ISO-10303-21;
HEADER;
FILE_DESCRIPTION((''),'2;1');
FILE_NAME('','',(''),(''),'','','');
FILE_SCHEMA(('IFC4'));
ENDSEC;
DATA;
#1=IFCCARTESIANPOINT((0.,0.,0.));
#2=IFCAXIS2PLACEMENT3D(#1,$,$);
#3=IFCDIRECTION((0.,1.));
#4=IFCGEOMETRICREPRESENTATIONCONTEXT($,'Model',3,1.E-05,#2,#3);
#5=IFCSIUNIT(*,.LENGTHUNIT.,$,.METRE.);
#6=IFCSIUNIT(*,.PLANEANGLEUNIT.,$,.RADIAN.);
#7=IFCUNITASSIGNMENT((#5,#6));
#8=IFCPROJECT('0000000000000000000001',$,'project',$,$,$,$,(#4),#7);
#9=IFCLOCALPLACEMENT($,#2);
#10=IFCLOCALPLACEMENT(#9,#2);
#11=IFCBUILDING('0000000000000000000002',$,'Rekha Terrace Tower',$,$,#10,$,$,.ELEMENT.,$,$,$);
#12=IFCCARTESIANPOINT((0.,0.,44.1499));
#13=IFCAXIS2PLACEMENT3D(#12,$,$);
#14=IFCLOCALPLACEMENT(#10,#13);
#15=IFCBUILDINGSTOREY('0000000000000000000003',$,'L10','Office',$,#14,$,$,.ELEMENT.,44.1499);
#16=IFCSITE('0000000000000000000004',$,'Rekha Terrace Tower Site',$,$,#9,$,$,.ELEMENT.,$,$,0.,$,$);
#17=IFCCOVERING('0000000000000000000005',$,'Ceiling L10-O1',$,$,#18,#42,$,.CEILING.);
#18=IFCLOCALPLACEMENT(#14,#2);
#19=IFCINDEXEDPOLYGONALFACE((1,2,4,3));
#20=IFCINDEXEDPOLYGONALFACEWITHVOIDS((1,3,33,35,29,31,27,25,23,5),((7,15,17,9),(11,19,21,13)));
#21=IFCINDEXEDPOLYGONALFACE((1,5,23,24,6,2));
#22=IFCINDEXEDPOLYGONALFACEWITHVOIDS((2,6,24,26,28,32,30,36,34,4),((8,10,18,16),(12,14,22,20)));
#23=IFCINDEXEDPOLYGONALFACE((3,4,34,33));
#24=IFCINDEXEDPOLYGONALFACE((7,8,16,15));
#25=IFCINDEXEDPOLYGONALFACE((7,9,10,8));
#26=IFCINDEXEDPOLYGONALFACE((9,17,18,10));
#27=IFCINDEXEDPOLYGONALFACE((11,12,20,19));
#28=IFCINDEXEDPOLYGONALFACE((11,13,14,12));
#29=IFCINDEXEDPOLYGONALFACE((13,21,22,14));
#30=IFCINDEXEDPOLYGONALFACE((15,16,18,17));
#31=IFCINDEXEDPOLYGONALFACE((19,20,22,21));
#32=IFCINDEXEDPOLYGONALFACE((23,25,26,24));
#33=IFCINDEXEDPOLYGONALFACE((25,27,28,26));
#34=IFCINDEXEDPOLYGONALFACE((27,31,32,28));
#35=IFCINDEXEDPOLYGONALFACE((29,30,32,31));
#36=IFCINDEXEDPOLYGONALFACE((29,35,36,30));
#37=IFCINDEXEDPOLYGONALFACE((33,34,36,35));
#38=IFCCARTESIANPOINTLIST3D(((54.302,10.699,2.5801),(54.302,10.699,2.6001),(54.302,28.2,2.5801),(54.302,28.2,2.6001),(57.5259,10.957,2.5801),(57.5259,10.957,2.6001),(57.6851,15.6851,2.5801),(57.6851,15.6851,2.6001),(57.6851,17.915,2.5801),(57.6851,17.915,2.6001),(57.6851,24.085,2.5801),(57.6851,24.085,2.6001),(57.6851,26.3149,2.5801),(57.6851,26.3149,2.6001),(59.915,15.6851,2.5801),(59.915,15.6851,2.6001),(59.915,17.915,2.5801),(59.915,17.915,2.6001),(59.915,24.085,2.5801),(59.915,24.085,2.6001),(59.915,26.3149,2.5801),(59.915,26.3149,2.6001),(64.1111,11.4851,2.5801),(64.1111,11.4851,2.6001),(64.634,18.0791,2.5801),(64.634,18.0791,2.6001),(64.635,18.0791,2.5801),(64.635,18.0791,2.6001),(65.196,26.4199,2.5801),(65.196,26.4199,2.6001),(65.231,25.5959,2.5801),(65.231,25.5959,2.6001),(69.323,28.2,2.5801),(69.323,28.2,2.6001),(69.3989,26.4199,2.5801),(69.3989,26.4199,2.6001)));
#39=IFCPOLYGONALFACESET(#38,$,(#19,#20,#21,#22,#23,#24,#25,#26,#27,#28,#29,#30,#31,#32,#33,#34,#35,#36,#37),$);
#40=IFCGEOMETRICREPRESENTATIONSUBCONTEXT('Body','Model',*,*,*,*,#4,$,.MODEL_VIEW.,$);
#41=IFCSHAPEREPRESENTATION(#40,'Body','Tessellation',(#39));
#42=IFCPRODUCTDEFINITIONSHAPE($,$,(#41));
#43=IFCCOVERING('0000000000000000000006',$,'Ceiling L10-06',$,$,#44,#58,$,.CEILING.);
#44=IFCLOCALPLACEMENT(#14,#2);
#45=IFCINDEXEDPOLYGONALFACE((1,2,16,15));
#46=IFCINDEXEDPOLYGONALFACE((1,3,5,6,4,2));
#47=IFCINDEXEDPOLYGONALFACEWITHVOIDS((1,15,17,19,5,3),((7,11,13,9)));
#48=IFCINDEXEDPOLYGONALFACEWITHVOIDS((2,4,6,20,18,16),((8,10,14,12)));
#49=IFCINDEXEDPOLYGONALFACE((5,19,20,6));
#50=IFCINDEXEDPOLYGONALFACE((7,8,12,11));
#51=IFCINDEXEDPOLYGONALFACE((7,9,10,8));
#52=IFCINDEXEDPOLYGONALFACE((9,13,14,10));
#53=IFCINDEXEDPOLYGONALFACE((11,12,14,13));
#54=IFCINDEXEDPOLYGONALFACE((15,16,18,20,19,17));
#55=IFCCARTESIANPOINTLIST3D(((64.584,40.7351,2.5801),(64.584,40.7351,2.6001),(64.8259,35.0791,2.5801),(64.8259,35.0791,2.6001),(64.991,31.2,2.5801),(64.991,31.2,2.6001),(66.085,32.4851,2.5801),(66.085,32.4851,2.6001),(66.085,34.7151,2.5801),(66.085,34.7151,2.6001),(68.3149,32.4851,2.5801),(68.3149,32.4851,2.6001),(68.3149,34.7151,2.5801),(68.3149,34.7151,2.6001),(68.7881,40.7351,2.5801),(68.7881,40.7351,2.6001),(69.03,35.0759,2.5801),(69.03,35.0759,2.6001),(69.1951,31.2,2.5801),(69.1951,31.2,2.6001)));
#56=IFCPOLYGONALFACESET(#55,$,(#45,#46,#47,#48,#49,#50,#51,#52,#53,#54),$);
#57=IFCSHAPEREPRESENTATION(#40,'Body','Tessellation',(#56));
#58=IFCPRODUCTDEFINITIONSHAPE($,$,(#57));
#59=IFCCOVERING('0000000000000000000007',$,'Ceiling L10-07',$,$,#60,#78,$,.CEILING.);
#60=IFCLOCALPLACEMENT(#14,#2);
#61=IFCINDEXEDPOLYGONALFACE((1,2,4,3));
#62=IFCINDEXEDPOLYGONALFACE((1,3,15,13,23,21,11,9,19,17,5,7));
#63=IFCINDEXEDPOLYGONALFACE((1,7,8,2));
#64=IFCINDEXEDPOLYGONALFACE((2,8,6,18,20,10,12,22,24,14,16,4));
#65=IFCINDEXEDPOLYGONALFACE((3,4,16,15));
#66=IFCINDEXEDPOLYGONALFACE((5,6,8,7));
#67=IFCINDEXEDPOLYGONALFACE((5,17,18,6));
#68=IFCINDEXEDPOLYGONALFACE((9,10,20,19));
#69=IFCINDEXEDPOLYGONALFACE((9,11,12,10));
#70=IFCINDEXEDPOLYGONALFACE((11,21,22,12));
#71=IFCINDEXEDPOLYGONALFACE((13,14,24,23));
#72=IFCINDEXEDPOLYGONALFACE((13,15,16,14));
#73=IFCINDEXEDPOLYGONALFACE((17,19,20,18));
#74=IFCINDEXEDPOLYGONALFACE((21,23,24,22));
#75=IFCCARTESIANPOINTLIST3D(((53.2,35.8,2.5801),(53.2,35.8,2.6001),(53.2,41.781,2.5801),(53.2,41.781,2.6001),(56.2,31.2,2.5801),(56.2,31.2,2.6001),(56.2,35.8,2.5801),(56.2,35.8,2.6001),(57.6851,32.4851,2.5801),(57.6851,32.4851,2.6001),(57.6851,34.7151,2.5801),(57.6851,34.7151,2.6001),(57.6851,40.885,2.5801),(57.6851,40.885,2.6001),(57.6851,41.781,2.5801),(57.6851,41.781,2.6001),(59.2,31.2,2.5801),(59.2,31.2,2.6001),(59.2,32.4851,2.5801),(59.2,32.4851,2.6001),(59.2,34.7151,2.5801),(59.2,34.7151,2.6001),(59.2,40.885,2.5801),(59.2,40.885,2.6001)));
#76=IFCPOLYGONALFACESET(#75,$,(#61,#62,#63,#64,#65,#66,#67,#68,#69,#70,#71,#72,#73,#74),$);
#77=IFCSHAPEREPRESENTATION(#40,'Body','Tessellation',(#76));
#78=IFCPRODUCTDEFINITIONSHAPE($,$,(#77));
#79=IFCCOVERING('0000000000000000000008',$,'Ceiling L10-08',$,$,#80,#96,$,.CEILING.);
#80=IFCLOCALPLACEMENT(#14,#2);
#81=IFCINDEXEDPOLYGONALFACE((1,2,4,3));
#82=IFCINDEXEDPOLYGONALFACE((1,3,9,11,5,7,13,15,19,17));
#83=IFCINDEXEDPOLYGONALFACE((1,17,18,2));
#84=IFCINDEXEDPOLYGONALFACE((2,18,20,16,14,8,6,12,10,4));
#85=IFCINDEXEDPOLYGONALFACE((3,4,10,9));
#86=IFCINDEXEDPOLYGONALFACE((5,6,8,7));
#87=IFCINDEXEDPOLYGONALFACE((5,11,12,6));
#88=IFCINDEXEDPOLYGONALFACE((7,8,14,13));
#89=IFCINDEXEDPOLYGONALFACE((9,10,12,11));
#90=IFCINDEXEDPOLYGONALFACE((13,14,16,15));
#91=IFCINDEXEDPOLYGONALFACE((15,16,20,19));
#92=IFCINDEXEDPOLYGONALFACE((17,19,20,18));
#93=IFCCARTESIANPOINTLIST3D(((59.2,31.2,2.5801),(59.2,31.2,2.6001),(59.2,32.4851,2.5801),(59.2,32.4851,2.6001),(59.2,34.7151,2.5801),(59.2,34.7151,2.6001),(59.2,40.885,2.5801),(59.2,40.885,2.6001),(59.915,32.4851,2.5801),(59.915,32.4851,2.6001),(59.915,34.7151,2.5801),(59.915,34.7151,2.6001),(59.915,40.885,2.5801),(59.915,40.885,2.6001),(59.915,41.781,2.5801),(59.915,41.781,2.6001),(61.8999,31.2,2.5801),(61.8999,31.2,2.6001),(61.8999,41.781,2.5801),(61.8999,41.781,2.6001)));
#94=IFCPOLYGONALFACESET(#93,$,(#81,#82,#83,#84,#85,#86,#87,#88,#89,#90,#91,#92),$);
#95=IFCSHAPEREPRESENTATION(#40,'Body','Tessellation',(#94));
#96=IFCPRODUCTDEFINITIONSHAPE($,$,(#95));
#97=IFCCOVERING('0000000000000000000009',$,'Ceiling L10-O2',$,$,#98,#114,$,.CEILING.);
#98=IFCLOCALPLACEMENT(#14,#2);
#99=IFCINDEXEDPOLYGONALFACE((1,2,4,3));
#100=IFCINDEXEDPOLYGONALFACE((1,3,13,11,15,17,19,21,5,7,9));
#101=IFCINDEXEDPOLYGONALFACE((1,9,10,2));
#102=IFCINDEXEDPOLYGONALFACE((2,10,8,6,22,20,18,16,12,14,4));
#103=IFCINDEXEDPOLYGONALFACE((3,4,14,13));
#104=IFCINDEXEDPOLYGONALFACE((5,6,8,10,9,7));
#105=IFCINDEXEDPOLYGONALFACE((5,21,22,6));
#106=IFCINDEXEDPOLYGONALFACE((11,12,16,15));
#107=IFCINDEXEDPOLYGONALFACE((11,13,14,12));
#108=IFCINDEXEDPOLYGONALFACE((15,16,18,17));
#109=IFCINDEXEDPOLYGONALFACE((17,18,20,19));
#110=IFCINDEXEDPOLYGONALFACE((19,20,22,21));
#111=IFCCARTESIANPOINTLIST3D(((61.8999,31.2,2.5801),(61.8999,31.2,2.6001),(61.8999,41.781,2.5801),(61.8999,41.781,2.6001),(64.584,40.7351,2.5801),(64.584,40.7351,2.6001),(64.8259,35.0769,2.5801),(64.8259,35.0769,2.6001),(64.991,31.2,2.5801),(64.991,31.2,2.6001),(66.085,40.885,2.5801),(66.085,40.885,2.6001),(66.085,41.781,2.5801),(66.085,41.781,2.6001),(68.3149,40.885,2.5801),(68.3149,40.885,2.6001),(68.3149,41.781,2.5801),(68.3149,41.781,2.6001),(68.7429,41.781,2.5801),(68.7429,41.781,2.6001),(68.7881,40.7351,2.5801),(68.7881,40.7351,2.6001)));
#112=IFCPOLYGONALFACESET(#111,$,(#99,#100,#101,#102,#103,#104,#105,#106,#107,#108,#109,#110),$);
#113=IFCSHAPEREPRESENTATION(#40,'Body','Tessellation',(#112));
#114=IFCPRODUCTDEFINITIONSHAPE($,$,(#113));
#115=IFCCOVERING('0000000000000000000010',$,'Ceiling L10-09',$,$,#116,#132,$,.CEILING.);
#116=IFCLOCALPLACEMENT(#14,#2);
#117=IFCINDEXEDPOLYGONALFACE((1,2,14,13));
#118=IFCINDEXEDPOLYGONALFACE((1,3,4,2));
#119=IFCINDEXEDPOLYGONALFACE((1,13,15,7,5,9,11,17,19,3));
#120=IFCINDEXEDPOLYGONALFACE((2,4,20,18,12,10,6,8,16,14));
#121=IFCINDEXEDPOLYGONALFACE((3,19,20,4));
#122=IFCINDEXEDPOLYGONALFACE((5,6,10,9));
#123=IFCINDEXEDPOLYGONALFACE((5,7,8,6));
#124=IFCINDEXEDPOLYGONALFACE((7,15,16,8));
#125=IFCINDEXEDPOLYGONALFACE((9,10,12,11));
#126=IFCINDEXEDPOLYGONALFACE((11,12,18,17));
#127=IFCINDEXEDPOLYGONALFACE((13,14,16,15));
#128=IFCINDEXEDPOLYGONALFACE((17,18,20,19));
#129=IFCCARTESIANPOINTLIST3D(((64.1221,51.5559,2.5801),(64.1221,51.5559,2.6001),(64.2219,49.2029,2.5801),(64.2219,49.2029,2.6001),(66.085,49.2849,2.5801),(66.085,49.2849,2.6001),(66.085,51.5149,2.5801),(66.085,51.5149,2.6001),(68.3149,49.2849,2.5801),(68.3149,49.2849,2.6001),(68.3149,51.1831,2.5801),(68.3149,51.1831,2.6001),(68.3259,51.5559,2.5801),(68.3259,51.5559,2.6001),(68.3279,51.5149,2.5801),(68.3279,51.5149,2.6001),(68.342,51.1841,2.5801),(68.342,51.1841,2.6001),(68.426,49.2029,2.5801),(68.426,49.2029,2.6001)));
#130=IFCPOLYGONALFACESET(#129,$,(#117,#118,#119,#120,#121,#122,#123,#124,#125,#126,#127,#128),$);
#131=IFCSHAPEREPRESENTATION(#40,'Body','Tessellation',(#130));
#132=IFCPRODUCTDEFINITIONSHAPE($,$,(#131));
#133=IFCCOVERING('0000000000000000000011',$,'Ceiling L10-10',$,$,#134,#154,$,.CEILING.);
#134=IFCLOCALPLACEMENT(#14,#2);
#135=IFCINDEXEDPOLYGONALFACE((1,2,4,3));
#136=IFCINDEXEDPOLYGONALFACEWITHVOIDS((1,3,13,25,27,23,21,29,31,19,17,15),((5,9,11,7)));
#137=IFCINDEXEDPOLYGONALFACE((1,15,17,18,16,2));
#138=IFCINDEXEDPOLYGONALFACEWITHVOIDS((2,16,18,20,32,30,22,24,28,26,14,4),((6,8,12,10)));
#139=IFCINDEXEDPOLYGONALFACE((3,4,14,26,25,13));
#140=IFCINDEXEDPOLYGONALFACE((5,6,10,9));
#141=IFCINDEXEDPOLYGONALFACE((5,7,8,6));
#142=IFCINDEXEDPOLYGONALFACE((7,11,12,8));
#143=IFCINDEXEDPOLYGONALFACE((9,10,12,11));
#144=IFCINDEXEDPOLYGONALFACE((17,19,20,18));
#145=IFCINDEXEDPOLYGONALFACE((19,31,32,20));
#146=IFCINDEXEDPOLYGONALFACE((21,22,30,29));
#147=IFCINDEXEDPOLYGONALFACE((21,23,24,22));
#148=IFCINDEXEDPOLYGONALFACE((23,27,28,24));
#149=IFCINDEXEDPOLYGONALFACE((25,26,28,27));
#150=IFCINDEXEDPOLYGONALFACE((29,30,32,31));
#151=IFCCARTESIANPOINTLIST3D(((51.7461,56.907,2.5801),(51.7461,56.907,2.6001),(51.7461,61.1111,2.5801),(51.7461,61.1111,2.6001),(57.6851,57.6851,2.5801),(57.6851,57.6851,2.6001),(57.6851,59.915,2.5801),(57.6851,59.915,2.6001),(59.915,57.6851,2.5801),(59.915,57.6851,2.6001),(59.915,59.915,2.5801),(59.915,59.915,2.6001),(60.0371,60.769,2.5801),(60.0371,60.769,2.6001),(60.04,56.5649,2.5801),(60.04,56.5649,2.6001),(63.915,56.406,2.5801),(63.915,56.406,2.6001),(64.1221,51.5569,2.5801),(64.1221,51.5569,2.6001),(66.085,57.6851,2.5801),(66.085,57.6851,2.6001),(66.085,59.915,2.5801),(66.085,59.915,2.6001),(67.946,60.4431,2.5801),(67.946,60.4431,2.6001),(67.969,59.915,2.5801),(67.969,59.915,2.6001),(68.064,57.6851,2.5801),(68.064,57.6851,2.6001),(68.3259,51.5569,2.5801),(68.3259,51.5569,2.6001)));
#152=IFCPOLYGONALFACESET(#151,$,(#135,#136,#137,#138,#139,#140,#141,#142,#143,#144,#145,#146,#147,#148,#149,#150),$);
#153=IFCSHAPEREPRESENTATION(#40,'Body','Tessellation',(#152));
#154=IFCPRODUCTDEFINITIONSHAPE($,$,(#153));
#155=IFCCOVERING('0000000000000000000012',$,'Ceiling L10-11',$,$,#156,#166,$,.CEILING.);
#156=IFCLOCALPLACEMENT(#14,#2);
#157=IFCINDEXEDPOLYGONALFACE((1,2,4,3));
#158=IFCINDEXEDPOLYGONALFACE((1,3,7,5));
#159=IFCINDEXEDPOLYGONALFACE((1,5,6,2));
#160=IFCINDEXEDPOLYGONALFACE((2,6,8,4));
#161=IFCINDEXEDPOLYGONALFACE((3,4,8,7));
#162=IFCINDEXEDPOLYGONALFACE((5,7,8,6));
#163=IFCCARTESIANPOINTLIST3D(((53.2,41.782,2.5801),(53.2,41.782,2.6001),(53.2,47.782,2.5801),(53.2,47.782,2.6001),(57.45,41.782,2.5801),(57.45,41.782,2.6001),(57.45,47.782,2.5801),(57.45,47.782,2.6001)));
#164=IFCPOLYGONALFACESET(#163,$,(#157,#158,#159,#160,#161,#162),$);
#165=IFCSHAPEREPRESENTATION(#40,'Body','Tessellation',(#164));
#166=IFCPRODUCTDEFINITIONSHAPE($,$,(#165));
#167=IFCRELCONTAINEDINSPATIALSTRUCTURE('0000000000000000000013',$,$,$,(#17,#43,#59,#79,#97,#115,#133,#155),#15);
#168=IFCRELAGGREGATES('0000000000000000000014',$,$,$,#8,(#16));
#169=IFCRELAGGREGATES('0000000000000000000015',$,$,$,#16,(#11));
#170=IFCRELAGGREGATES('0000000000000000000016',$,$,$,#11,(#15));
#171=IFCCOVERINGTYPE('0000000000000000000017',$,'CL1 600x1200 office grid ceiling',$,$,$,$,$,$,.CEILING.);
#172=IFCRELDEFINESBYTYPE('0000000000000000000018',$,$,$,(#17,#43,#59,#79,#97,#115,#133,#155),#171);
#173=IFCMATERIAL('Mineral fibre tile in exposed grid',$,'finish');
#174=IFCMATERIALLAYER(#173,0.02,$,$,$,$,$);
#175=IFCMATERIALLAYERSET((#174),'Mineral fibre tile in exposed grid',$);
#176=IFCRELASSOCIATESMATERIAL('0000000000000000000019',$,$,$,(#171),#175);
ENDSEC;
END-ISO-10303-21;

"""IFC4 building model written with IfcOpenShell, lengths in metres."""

from ifc_helpers import new_model, si_unit, direction, frame, origin, place, context, subcontext, project, spatial, polyline, outline, extrude, material, layer, layer_set, type_object, element, save


model = new_model("IFC4")

# Units and contexts
model_context = context("Model", 3, precision=1e-05, world=origin(), true_north=direction((0.0, 1.0)))
body_context = subcontext(model_context, "Body", "Model", "MODEL_VIEW")
ifc_project = project(units=[si_unit("LENGTHUNIT", "METRE"), si_unit("PLANEANGLEUNIT", "RADIAN")], contexts=[model_context])

# Site, building, storey
site_placement = place(None, origin())
site = spatial("IfcSite", under=ifc_project, at=site_placement, Name="Rekha Terrace Tower Site", CompositionType="ELEMENT", RefElevation=0.0)
building_placement = place(site_placement, origin())
building = spatial("IfcBuilding", under=site, at=building_placement, Name="Rekha Terrace Tower", CompositionType="ELEMENT")
storey_placement = place(building_placement, frame((0.0, 0.0, 44.1499)))
storey = spatial("IfcBuildingStorey", under=building, at=storey_placement, Name="L10", Description="Office", CompositionType="ELEMENT", Elevation=44.1499)

# Coverings
ifc_material_1 = material(Name="Mineral fibre tile in exposed grid", Category="finish")
ifc_layer_1 = layer(ifc_material_1, 0.02)
ifc_layer_set_1 = layer_set([ifc_layer_1], Name="Mineral fibre tile in exposed grid")
covering_type_1 = type_object("IfcCoveringType", Name="CL1 600x1200 office grid ceiling", PredefinedType="CEILING", material=ifc_layer_set_1)
covering_1_placement = place(storey_placement, frame((0.0, 0.0, 2.5801)))
element("IfcCovering", 1, at=covering_1_placement, inside=storey, type_object=covering_type_1, Name="Ceiling L10-O1", PredefinedType="CEILING", context=body_context, shape_type="SweptSolid", body=[
    extrude(outline(polyline([(54.302, 10.699), (57.5259, 10.957), (64.1111, 11.4851), (64.634, 18.0791), (64.635, 18.0791), (65.231, 25.5959), (65.196, 26.4199), (69.3989, 26.4199), (69.323, 28.2), (54.302, 28.2), (54.302, 10.699)]), holes=[polyline([(59.915, 17.915), (59.915, 15.6851), (57.6851, 15.6851), (57.6851, 17.915), (59.915, 17.915)]), polyline([(59.915, 24.085), (57.6851, 24.085), (57.6851, 26.3149), (59.915, 26.3149), (59.915, 24.085)])]), origin(), (0.0, 0.0, 1.0), 0.02),
])
covering_2_placement = place(storey_placement, frame((0.0, 0.0, 2.5801)))
element("IfcCovering", 2, at=covering_2_placement, inside=storey, type_object=covering_type_1, Name="Ceiling L10-06", PredefinedType="CEILING", context=body_context, shape_type="SweptSolid", body=[
    extrude(outline(polyline([(69.1951, 31.2), (69.03, 35.0759), (68.7881, 40.7351), (64.584, 40.7351), (64.8259, 35.0791), (64.991, 31.2), (69.1951, 31.2)]), holes=[polyline([(68.3149, 32.4851), (66.085, 32.4851), (66.085, 34.7151), (68.3149, 34.7151), (68.3149, 32.4851)])]), origin(), (0.0, 0.0, 1.0), 0.02),
])
covering_3_placement = place(storey_placement, frame((0.0, 0.0, 2.5801)))
element("IfcCovering", 3, at=covering_3_placement, inside=storey, type_object=covering_type_1, Name="Ceiling L10-07", PredefinedType="CEILING", context=body_context, shape_type="SweptSolid", body=[
    extrude(outline(polyline([(57.6851, 40.885), (57.6851, 41.781), (53.2, 41.781), (53.2, 35.8), (56.2, 35.8), (56.2, 31.2), (59.2, 31.2), (59.2, 32.4851), (57.6851, 32.4851), (57.6851, 34.7151), (59.2, 34.7151), (59.2, 40.885), (57.6851, 40.885)])), origin(), (0.0, 0.0, 1.0), 0.02),
])
covering_4_placement = place(storey_placement, frame((0.0, 0.0, 2.5801)))
element("IfcCovering", 4, at=covering_4_placement, inside=storey, type_object=covering_type_1, Name="Ceiling L10-08", PredefinedType="CEILING", context=body_context, shape_type="SweptSolid", body=[
    extrude(outline(polyline([(61.8999, 31.2), (61.8999, 41.781), (59.915, 41.781), (59.915, 40.885), (59.2, 40.885), (59.2, 34.7151), (59.915, 34.7151), (59.915, 32.4851), (59.2, 32.4851), (59.2, 31.2), (61.8999, 31.2)])), origin(), (0.0, 0.0, 1.0), 0.02),
])
covering_5_placement = place(storey_placement, frame((0.0, 0.0, 2.5801)))
element("IfcCovering", 5, at=covering_5_placement, inside=storey, type_object=covering_type_1, Name="Ceiling L10-O2", PredefinedType="CEILING", context=body_context, shape_type="SweptSolid", body=[
    extrude(outline(polyline([(64.991, 31.2), (64.8259, 35.0769), (64.584, 40.7351), (68.7881, 40.7351), (68.7429, 41.781), (68.3149, 41.781), (68.3149, 40.885), (66.085, 40.885), (66.085, 41.781), (61.8999, 41.781), (61.8999, 31.2), (64.991, 31.2)])), origin(), (0.0, 0.0, 1.0), 0.02),
])
covering_6_placement = place(storey_placement, frame((0.0, 0.0, 2.5801)))
element("IfcCovering", 6, at=covering_6_placement, inside=storey, type_object=covering_type_1, Name="Ceiling L10-09", PredefinedType="CEILING", context=body_context, shape_type="SweptSolid", body=[
    extrude(outline(polyline([(68.3149, 49.2849), (66.085, 49.2849), (66.085, 51.5149), (68.3279, 51.5149), (68.3259, 51.5559), (64.1221, 51.5559), (64.2219, 49.2029), (68.426, 49.2029), (68.342, 51.1841), (68.3149, 51.1831), (68.3149, 49.2849)])), origin(), (0.0, 0.0, 1.0), 0.02),
])
covering_7_placement = place(storey_placement, frame((0.0, 0.0, 2.5801)))
element("IfcCovering", 7, at=covering_7_placement, inside=storey, type_object=covering_type_1, Name="Ceiling L10-10", PredefinedType="CEILING", context=body_context, shape_type="SweptSolid", body=[
    extrude(outline(polyline([(67.946, 60.4431), (60.0371, 60.769), (51.7461, 61.1111), (51.7461, 56.907), (60.04, 56.5649), (63.915, 56.406), (64.1221, 51.5569), (68.3259, 51.5569), (68.064, 57.6851), (66.085, 57.6851), (66.085, 59.915), (67.969, 59.915), (67.946, 60.4431)]), holes=[polyline([(59.915, 57.6851), (57.6851, 57.6851), (57.6851, 59.915), (59.915, 59.915), (59.915, 57.6851)])]), origin(), (0.0, 0.0, 1.0), 0.02),
])
covering_8_placement = place(storey_placement, frame((0.0, 0.0, 2.5801)))
element("IfcCovering", 8, at=covering_8_placement, inside=storey, type_object=covering_type_1, Name="Ceiling L10-11", PredefinedType="CEILING", context=body_context, shape_type="SweptSolid", body=[
    extrude(outline(polyline([(53.2, 41.782), (57.45, 41.782), (57.45, 47.782), (53.2, 47.782), (53.2, 41.782)])), origin(), (0.0, 0.0, 1.0), 0.02),
])

save(model, "model.ifc")
